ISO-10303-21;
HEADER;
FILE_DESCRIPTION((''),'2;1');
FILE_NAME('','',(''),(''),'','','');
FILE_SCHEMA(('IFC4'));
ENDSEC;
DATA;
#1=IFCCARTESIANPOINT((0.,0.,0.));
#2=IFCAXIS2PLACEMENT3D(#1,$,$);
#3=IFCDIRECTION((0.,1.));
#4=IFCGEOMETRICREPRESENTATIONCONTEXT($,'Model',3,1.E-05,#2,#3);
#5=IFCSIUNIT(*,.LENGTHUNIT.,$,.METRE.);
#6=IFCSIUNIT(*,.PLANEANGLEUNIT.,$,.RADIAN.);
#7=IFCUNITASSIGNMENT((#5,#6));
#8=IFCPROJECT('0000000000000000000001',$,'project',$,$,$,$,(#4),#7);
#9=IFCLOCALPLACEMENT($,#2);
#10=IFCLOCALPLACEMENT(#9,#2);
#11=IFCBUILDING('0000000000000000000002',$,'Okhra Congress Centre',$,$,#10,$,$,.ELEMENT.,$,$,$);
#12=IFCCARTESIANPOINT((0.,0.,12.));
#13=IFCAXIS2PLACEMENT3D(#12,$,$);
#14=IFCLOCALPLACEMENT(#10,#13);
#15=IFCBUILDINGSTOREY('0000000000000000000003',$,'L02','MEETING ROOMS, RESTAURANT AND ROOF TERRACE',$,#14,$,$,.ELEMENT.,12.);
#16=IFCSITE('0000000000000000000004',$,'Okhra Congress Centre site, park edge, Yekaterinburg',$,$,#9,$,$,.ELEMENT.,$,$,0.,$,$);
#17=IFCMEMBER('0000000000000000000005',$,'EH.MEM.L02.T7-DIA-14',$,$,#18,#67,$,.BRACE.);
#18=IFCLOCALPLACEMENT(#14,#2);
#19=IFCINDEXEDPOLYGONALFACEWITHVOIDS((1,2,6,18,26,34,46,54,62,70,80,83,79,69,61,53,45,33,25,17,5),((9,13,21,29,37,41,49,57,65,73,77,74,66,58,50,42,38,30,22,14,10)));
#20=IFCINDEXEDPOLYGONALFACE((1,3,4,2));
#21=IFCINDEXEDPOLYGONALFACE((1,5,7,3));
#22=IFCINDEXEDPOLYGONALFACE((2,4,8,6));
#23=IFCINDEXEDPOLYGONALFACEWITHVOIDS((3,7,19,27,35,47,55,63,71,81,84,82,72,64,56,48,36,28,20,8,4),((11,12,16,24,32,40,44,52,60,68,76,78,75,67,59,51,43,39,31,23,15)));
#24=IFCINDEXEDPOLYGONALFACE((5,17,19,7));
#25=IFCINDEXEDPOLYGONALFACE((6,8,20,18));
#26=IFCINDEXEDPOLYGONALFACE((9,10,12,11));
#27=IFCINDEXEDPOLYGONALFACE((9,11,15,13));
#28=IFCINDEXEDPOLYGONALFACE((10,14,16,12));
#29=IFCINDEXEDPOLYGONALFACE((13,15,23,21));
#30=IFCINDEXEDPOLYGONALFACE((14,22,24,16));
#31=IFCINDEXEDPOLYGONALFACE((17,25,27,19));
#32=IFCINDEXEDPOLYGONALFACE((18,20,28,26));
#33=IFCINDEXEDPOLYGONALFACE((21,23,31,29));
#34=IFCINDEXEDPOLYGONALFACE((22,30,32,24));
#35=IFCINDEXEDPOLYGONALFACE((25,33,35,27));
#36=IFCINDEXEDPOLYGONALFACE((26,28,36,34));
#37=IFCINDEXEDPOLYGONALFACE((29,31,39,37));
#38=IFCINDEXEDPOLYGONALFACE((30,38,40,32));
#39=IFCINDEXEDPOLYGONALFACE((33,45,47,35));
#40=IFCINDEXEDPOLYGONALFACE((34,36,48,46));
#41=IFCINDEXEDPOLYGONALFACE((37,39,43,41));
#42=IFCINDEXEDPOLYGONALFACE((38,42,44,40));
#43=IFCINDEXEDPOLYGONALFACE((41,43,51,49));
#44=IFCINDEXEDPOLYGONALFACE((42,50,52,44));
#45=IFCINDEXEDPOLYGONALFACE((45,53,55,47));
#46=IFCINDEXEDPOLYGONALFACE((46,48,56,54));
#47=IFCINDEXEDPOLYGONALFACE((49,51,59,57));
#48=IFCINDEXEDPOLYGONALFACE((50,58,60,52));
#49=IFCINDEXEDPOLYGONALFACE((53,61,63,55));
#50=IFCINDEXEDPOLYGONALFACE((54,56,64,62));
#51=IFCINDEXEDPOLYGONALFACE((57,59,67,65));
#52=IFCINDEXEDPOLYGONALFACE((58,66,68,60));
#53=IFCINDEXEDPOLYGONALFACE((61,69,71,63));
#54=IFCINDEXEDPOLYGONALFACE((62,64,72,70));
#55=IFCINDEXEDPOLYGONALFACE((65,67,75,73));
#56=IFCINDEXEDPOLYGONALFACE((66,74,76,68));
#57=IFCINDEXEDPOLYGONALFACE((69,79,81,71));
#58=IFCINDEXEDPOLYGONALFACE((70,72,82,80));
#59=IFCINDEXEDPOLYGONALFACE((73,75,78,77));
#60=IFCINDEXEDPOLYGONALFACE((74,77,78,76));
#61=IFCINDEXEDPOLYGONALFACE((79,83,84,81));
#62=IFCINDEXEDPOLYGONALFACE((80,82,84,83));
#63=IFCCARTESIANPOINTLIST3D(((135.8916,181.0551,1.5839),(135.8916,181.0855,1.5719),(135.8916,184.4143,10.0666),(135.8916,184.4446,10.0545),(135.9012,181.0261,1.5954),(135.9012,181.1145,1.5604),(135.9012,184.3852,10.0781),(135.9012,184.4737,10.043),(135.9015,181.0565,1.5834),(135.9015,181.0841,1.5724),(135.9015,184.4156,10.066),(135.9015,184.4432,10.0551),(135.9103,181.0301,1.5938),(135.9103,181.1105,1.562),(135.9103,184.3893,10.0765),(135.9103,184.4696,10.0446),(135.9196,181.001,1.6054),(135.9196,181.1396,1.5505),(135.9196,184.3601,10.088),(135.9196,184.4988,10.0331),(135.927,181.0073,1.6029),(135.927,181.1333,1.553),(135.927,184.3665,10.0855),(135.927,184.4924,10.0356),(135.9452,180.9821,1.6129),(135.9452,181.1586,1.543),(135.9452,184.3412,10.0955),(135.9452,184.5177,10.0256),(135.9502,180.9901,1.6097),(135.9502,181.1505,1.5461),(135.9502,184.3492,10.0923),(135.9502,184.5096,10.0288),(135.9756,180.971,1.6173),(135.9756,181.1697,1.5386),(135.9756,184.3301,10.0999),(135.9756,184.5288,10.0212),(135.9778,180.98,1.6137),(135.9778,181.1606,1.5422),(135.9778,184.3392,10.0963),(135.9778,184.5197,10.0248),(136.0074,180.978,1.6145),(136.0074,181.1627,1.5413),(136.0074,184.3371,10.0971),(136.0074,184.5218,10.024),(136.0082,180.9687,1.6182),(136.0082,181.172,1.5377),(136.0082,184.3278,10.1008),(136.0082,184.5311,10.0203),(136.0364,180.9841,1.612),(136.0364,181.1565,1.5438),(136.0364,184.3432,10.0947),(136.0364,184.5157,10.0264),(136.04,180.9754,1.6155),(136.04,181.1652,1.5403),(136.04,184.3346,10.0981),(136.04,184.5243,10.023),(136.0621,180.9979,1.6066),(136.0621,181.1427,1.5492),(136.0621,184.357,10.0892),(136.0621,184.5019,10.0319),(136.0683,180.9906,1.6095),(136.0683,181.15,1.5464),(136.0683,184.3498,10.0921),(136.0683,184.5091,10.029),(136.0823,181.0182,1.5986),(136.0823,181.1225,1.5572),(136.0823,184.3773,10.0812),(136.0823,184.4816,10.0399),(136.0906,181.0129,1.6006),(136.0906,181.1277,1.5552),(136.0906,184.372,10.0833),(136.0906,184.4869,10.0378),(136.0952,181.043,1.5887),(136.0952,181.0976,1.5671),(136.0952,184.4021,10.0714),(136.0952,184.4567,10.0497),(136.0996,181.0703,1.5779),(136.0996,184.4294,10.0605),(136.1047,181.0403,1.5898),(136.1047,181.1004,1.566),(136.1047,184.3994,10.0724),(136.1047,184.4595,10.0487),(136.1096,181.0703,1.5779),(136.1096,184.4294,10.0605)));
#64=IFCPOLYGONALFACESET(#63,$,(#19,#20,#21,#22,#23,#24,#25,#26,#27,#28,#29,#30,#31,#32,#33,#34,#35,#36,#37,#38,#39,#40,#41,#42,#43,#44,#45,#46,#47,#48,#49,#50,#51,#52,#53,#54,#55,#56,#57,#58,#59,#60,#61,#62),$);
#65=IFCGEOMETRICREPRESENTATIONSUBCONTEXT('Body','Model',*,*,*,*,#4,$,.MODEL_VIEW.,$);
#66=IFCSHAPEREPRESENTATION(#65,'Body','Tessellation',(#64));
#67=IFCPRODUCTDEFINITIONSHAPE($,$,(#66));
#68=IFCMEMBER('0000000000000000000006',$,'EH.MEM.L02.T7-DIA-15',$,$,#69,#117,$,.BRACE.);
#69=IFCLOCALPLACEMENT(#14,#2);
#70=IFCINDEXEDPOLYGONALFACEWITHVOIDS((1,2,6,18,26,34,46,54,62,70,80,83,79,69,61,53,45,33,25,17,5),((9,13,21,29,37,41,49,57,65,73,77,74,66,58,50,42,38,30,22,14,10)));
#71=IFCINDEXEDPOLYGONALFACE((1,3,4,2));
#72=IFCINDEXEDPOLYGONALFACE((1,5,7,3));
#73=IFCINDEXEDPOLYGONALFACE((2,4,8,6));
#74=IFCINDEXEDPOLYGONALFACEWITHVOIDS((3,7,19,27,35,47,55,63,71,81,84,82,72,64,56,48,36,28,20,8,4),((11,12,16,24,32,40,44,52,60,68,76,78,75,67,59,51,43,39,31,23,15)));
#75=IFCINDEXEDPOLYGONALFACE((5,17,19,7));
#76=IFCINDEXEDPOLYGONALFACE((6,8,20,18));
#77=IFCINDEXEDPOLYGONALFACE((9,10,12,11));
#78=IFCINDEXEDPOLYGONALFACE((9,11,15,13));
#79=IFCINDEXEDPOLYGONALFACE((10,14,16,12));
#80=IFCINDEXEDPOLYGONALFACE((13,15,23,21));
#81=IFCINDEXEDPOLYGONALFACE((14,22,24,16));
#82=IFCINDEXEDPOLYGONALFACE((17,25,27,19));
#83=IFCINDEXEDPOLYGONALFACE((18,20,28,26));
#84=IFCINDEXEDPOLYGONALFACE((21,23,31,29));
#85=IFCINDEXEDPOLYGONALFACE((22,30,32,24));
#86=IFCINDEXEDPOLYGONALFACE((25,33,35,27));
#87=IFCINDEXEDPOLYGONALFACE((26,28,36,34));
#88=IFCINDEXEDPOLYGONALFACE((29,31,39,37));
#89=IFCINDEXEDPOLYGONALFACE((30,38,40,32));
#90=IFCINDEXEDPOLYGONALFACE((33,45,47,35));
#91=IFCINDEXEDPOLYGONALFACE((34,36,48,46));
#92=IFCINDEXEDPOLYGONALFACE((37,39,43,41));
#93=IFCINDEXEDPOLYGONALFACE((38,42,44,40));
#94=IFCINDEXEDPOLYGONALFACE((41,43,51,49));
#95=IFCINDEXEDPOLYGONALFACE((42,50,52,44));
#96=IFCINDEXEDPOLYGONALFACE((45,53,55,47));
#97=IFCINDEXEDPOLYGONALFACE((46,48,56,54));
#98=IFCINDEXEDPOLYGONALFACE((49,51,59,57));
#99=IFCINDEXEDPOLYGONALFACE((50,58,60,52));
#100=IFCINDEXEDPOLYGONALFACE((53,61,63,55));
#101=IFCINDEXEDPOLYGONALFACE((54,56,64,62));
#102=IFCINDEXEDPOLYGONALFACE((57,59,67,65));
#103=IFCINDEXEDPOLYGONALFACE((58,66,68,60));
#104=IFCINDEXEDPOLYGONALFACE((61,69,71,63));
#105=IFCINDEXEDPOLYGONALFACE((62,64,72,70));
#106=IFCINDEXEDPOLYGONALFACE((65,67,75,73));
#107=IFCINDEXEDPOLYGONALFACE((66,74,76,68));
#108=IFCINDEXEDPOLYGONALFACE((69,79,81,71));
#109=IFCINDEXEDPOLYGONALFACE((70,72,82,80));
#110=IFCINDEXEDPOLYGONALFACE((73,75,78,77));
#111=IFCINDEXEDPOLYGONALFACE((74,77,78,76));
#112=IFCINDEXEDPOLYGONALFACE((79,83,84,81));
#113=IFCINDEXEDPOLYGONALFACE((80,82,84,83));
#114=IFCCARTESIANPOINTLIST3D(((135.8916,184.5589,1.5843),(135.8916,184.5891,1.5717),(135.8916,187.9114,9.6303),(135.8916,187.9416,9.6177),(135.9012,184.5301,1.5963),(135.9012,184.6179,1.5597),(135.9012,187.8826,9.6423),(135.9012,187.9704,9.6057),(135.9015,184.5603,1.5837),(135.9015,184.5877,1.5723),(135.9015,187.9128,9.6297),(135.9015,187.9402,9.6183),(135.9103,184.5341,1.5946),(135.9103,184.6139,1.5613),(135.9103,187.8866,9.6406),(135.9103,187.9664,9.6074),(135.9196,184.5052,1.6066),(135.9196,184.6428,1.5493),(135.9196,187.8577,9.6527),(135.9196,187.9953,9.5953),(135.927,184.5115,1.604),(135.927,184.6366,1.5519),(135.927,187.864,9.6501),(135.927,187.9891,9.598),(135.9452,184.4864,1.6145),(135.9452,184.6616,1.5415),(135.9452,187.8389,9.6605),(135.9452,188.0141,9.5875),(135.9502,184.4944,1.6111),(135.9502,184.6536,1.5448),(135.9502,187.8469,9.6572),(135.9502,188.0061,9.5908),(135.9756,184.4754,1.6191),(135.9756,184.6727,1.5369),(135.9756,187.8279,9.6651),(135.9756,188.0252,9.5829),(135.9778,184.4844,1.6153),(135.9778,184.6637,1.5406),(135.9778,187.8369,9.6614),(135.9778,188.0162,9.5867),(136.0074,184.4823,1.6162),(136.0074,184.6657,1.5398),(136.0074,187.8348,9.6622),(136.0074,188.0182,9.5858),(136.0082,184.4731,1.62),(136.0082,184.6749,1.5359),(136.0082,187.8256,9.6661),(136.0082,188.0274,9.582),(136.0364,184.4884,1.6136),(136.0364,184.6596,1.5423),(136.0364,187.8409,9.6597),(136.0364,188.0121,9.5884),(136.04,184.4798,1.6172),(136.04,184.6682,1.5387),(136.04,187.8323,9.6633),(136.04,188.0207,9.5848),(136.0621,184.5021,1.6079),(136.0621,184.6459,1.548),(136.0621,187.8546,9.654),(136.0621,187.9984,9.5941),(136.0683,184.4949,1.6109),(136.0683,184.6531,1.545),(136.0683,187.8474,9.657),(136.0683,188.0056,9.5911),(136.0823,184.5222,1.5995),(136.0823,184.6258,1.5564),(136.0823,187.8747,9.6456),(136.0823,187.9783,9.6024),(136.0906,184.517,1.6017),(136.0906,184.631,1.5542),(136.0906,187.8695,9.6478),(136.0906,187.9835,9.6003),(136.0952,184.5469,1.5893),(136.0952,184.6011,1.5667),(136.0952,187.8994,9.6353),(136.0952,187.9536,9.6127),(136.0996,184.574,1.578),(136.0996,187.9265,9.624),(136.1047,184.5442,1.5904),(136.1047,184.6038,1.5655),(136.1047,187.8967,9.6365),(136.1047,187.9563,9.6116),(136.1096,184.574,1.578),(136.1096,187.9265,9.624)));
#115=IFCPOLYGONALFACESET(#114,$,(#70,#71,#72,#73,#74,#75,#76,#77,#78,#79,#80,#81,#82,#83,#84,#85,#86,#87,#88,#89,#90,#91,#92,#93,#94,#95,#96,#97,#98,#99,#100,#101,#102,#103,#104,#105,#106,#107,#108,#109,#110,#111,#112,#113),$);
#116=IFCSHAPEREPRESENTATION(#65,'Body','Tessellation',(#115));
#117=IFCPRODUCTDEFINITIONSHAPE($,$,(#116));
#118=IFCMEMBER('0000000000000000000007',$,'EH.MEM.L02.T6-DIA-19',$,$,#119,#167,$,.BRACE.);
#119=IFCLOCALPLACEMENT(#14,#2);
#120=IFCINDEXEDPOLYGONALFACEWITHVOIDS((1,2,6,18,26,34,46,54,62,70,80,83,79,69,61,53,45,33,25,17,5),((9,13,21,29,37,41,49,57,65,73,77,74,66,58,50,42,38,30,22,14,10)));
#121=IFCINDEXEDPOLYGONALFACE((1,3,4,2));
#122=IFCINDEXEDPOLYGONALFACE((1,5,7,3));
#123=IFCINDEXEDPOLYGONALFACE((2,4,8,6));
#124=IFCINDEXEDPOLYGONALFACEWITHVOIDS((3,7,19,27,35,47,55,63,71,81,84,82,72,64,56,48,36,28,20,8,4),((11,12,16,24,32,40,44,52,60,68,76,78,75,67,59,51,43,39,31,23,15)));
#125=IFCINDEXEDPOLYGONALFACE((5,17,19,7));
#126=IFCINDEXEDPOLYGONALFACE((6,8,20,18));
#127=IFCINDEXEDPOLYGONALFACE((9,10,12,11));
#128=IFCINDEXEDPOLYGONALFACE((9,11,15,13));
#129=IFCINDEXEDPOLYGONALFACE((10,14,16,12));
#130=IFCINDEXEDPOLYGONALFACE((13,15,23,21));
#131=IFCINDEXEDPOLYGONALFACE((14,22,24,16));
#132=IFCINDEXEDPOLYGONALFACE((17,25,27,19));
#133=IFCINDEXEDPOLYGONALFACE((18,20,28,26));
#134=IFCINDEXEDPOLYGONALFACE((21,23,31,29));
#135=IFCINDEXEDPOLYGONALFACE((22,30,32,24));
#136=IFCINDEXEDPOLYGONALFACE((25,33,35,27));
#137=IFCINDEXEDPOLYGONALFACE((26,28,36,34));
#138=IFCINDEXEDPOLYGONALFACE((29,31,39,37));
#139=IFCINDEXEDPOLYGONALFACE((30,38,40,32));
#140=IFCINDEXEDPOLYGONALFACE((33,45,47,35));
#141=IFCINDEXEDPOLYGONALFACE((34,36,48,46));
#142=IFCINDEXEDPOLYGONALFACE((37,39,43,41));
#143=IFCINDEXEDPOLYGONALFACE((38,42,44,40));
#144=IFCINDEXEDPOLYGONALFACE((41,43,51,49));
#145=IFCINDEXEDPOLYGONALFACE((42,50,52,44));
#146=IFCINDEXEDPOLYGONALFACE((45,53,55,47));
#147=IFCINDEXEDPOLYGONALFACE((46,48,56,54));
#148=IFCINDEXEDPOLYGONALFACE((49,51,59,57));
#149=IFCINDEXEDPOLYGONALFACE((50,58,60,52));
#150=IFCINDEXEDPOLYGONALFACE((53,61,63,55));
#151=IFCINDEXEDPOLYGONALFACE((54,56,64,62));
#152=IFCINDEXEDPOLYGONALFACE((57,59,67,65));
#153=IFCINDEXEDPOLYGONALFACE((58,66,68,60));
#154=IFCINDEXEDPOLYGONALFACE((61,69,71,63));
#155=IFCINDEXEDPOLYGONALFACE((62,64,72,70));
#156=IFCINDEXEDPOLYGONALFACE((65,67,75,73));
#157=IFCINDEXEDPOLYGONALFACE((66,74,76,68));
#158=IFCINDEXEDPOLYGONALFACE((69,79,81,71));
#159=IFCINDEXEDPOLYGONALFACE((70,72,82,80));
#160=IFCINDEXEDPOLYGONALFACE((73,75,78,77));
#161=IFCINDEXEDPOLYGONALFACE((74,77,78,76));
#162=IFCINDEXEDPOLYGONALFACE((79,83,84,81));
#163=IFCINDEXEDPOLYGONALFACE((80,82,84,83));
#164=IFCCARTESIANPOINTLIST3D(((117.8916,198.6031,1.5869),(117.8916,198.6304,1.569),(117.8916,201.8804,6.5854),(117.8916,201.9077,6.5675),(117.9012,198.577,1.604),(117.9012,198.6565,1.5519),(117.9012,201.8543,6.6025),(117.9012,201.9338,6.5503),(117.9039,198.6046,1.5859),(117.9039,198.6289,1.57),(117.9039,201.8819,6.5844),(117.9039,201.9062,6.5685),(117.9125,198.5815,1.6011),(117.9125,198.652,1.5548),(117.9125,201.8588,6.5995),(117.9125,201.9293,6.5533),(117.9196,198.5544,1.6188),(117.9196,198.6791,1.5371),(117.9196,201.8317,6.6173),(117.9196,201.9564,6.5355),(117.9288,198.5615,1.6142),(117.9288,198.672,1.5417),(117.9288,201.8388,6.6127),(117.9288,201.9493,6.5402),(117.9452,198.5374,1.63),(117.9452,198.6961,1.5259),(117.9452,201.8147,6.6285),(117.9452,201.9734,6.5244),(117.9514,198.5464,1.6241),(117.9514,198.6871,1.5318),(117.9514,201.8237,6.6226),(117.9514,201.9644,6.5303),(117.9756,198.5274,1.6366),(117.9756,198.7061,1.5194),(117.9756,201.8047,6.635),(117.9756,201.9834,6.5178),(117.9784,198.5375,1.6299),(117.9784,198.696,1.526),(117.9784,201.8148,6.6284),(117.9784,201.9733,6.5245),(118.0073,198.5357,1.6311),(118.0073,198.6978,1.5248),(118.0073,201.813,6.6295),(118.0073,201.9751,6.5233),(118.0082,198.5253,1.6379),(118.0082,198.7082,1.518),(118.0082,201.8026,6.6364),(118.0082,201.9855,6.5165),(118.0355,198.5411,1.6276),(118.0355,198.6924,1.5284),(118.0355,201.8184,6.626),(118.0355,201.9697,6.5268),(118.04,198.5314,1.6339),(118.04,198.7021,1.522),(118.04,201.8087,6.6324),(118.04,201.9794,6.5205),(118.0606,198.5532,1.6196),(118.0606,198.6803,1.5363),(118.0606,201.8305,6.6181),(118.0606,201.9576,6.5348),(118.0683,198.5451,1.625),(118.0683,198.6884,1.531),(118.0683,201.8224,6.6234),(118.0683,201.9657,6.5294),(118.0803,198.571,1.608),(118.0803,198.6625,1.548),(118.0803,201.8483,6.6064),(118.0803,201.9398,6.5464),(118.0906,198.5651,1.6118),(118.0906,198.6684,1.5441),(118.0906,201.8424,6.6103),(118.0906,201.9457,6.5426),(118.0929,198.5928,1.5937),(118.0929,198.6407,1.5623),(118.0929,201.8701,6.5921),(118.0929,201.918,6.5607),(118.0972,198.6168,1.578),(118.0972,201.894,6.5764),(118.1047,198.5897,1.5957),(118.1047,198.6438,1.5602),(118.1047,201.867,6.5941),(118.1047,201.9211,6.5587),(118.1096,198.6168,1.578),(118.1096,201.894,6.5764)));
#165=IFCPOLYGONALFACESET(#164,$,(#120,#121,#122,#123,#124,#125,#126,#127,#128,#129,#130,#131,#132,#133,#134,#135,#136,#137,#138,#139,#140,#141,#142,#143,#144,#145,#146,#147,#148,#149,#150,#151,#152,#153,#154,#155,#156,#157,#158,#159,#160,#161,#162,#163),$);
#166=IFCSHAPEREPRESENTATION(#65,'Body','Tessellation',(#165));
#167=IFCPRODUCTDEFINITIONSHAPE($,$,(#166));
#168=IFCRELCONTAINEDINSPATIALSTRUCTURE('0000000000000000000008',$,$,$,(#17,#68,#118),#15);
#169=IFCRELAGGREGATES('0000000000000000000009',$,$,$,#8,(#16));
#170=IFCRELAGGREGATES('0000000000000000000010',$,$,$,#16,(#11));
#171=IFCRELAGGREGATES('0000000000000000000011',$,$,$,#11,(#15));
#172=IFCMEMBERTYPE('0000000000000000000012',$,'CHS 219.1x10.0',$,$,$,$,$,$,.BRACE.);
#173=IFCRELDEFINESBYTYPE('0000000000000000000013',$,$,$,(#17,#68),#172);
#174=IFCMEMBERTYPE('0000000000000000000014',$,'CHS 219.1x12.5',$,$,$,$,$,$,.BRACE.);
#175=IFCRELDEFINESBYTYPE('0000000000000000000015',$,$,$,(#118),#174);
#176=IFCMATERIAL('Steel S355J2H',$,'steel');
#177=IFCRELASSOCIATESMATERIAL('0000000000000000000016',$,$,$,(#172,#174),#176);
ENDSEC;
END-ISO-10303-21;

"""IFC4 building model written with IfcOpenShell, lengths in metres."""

from ifc_helpers import new_model, si_unit, direction, frame, origin, origin_2d, place, context, subcontext, project, spatial, hollow_circle, extrude, material, material_profile, profile_set, type_object, element, save


model = new_model("IFC4")

# Units and contexts
model_context = context("Model", 3, precision=1e-05, world=origin(), true_north=direction((0.0, 1.0)))
body_context = subcontext(model_context, "Body", "Model", "MODEL_VIEW")
ifc_project = project(units=[si_unit("LENGTHUNIT", "METRE"), si_unit("PLANEANGLEUNIT", "RADIAN")], contexts=[model_context])

# Site, building, storey
site_placement = place(None, origin())
site = spatial("IfcSite", under=ifc_project, at=site_placement, Name="Okhra Congress Centre site, park edge, Yekaterinburg", CompositionType="ELEMENT", RefElevation=0.0)
building_placement = place(site_placement, origin())
building = spatial("IfcBuilding", under=site, at=building_placement, Name="Okhra Congress Centre", CompositionType="ELEMENT")
storey_placement = place(building_placement, frame((0.0, 0.0, 12.0)))
storey = spatial("IfcBuildingStorey", under=building, at=storey_placement, Name="L02", Description="MEETING ROOMS, RESTAURANT AND ROOF TERRACE", CompositionType="ELEMENT", Elevation=12.0)

# Members
ifc_material_1 = material(Name="Steel S355J2H", Category="steel")
ifc_material_profile_1 = material_profile(ifc_material_1, hollow_circle(Radius=0.1096, WallThickness=0.01, at=origin_2d()), Name="CHS 219.1x10.0")
ifc_profile_set_1 = profile_set([ifc_material_profile_1], Name="Steel S355J2H")
member_type_1 = type_object("IfcMemberType", Name="CHS 219.1x10.0", PredefinedType="BRACE", material=ifc_profile_set_1)
member_1_placement = place(storey_placement, frame((136.0, 184.4294, 10.0605), z_axis=(0.0, -0.368182, -0.929754), x_axis=(1.0, 0.0, 0.0)))
element("IfcMember", 1, at=member_1_placement, inside=storey, type_object=member_type_1, Name="EH.MEM.L02.T7-DIA-14", PredefinedType="BRACE", context=body_context, shape_type="SweptSolid", body=[
    extrude(hollow_circle(Radius=0.1096, WallThickness=0.01, at=origin_2d()), origin(), (0.0, 0.0, 1.0), 9.1235),
])
member_2_placement = place(storey_placement, frame((136.0, 187.9265, 9.624), z_axis=(0.0, -0.384613, -0.923078), x_axis=(1.0, 0.0, 0.0)))
element("IfcMember", 2, at=member_2_placement, inside=storey, type_object=member_type_1, Name="EH.MEM.L02.T7-DIA-15", PredefinedType="BRACE", context=body_context, shape_type="SweptSolid", body=[
    extrude(hollow_circle(Radius=0.1096, WallThickness=0.01, at=origin_2d()), origin(), (0.0, 0.0, 1.0), 8.7166),
])
ifc_material_profile_2 = material_profile(ifc_material_1, hollow_circle(Radius=0.1096, WallThickness=0.0125, at=origin_2d()), Name="CHS 219.1x12.5")
ifc_profile_set_2 = profile_set([ifc_material_profile_2], Name="Steel S355J2H")
member_type_2 = type_object("IfcMemberType", Name="CHS 219.1x12.5", PredefinedType="BRACE", material=ifc_profile_set_2)
member_3_placement = place(storey_placement, frame((118.0, 201.894, 6.5764), z_axis=(0.0, -0.548312, -0.836274), x_axis=(1.0, 0.0, 0.0)))
element("IfcMember", 3, at=member_3_placement, inside=storey, type_object=member_type_2, Name="EH.MEM.L02.T6-DIA-19", PredefinedType="BRACE", context=body_context, shape_type="SweptSolid", body=[
    extrude(hollow_circle(Radius=0.1096, WallThickness=0.0125, at=origin_2d()), origin(), (0.0, 0.0, 1.0), 5.9771),
])

save(model, "model.ifc")
